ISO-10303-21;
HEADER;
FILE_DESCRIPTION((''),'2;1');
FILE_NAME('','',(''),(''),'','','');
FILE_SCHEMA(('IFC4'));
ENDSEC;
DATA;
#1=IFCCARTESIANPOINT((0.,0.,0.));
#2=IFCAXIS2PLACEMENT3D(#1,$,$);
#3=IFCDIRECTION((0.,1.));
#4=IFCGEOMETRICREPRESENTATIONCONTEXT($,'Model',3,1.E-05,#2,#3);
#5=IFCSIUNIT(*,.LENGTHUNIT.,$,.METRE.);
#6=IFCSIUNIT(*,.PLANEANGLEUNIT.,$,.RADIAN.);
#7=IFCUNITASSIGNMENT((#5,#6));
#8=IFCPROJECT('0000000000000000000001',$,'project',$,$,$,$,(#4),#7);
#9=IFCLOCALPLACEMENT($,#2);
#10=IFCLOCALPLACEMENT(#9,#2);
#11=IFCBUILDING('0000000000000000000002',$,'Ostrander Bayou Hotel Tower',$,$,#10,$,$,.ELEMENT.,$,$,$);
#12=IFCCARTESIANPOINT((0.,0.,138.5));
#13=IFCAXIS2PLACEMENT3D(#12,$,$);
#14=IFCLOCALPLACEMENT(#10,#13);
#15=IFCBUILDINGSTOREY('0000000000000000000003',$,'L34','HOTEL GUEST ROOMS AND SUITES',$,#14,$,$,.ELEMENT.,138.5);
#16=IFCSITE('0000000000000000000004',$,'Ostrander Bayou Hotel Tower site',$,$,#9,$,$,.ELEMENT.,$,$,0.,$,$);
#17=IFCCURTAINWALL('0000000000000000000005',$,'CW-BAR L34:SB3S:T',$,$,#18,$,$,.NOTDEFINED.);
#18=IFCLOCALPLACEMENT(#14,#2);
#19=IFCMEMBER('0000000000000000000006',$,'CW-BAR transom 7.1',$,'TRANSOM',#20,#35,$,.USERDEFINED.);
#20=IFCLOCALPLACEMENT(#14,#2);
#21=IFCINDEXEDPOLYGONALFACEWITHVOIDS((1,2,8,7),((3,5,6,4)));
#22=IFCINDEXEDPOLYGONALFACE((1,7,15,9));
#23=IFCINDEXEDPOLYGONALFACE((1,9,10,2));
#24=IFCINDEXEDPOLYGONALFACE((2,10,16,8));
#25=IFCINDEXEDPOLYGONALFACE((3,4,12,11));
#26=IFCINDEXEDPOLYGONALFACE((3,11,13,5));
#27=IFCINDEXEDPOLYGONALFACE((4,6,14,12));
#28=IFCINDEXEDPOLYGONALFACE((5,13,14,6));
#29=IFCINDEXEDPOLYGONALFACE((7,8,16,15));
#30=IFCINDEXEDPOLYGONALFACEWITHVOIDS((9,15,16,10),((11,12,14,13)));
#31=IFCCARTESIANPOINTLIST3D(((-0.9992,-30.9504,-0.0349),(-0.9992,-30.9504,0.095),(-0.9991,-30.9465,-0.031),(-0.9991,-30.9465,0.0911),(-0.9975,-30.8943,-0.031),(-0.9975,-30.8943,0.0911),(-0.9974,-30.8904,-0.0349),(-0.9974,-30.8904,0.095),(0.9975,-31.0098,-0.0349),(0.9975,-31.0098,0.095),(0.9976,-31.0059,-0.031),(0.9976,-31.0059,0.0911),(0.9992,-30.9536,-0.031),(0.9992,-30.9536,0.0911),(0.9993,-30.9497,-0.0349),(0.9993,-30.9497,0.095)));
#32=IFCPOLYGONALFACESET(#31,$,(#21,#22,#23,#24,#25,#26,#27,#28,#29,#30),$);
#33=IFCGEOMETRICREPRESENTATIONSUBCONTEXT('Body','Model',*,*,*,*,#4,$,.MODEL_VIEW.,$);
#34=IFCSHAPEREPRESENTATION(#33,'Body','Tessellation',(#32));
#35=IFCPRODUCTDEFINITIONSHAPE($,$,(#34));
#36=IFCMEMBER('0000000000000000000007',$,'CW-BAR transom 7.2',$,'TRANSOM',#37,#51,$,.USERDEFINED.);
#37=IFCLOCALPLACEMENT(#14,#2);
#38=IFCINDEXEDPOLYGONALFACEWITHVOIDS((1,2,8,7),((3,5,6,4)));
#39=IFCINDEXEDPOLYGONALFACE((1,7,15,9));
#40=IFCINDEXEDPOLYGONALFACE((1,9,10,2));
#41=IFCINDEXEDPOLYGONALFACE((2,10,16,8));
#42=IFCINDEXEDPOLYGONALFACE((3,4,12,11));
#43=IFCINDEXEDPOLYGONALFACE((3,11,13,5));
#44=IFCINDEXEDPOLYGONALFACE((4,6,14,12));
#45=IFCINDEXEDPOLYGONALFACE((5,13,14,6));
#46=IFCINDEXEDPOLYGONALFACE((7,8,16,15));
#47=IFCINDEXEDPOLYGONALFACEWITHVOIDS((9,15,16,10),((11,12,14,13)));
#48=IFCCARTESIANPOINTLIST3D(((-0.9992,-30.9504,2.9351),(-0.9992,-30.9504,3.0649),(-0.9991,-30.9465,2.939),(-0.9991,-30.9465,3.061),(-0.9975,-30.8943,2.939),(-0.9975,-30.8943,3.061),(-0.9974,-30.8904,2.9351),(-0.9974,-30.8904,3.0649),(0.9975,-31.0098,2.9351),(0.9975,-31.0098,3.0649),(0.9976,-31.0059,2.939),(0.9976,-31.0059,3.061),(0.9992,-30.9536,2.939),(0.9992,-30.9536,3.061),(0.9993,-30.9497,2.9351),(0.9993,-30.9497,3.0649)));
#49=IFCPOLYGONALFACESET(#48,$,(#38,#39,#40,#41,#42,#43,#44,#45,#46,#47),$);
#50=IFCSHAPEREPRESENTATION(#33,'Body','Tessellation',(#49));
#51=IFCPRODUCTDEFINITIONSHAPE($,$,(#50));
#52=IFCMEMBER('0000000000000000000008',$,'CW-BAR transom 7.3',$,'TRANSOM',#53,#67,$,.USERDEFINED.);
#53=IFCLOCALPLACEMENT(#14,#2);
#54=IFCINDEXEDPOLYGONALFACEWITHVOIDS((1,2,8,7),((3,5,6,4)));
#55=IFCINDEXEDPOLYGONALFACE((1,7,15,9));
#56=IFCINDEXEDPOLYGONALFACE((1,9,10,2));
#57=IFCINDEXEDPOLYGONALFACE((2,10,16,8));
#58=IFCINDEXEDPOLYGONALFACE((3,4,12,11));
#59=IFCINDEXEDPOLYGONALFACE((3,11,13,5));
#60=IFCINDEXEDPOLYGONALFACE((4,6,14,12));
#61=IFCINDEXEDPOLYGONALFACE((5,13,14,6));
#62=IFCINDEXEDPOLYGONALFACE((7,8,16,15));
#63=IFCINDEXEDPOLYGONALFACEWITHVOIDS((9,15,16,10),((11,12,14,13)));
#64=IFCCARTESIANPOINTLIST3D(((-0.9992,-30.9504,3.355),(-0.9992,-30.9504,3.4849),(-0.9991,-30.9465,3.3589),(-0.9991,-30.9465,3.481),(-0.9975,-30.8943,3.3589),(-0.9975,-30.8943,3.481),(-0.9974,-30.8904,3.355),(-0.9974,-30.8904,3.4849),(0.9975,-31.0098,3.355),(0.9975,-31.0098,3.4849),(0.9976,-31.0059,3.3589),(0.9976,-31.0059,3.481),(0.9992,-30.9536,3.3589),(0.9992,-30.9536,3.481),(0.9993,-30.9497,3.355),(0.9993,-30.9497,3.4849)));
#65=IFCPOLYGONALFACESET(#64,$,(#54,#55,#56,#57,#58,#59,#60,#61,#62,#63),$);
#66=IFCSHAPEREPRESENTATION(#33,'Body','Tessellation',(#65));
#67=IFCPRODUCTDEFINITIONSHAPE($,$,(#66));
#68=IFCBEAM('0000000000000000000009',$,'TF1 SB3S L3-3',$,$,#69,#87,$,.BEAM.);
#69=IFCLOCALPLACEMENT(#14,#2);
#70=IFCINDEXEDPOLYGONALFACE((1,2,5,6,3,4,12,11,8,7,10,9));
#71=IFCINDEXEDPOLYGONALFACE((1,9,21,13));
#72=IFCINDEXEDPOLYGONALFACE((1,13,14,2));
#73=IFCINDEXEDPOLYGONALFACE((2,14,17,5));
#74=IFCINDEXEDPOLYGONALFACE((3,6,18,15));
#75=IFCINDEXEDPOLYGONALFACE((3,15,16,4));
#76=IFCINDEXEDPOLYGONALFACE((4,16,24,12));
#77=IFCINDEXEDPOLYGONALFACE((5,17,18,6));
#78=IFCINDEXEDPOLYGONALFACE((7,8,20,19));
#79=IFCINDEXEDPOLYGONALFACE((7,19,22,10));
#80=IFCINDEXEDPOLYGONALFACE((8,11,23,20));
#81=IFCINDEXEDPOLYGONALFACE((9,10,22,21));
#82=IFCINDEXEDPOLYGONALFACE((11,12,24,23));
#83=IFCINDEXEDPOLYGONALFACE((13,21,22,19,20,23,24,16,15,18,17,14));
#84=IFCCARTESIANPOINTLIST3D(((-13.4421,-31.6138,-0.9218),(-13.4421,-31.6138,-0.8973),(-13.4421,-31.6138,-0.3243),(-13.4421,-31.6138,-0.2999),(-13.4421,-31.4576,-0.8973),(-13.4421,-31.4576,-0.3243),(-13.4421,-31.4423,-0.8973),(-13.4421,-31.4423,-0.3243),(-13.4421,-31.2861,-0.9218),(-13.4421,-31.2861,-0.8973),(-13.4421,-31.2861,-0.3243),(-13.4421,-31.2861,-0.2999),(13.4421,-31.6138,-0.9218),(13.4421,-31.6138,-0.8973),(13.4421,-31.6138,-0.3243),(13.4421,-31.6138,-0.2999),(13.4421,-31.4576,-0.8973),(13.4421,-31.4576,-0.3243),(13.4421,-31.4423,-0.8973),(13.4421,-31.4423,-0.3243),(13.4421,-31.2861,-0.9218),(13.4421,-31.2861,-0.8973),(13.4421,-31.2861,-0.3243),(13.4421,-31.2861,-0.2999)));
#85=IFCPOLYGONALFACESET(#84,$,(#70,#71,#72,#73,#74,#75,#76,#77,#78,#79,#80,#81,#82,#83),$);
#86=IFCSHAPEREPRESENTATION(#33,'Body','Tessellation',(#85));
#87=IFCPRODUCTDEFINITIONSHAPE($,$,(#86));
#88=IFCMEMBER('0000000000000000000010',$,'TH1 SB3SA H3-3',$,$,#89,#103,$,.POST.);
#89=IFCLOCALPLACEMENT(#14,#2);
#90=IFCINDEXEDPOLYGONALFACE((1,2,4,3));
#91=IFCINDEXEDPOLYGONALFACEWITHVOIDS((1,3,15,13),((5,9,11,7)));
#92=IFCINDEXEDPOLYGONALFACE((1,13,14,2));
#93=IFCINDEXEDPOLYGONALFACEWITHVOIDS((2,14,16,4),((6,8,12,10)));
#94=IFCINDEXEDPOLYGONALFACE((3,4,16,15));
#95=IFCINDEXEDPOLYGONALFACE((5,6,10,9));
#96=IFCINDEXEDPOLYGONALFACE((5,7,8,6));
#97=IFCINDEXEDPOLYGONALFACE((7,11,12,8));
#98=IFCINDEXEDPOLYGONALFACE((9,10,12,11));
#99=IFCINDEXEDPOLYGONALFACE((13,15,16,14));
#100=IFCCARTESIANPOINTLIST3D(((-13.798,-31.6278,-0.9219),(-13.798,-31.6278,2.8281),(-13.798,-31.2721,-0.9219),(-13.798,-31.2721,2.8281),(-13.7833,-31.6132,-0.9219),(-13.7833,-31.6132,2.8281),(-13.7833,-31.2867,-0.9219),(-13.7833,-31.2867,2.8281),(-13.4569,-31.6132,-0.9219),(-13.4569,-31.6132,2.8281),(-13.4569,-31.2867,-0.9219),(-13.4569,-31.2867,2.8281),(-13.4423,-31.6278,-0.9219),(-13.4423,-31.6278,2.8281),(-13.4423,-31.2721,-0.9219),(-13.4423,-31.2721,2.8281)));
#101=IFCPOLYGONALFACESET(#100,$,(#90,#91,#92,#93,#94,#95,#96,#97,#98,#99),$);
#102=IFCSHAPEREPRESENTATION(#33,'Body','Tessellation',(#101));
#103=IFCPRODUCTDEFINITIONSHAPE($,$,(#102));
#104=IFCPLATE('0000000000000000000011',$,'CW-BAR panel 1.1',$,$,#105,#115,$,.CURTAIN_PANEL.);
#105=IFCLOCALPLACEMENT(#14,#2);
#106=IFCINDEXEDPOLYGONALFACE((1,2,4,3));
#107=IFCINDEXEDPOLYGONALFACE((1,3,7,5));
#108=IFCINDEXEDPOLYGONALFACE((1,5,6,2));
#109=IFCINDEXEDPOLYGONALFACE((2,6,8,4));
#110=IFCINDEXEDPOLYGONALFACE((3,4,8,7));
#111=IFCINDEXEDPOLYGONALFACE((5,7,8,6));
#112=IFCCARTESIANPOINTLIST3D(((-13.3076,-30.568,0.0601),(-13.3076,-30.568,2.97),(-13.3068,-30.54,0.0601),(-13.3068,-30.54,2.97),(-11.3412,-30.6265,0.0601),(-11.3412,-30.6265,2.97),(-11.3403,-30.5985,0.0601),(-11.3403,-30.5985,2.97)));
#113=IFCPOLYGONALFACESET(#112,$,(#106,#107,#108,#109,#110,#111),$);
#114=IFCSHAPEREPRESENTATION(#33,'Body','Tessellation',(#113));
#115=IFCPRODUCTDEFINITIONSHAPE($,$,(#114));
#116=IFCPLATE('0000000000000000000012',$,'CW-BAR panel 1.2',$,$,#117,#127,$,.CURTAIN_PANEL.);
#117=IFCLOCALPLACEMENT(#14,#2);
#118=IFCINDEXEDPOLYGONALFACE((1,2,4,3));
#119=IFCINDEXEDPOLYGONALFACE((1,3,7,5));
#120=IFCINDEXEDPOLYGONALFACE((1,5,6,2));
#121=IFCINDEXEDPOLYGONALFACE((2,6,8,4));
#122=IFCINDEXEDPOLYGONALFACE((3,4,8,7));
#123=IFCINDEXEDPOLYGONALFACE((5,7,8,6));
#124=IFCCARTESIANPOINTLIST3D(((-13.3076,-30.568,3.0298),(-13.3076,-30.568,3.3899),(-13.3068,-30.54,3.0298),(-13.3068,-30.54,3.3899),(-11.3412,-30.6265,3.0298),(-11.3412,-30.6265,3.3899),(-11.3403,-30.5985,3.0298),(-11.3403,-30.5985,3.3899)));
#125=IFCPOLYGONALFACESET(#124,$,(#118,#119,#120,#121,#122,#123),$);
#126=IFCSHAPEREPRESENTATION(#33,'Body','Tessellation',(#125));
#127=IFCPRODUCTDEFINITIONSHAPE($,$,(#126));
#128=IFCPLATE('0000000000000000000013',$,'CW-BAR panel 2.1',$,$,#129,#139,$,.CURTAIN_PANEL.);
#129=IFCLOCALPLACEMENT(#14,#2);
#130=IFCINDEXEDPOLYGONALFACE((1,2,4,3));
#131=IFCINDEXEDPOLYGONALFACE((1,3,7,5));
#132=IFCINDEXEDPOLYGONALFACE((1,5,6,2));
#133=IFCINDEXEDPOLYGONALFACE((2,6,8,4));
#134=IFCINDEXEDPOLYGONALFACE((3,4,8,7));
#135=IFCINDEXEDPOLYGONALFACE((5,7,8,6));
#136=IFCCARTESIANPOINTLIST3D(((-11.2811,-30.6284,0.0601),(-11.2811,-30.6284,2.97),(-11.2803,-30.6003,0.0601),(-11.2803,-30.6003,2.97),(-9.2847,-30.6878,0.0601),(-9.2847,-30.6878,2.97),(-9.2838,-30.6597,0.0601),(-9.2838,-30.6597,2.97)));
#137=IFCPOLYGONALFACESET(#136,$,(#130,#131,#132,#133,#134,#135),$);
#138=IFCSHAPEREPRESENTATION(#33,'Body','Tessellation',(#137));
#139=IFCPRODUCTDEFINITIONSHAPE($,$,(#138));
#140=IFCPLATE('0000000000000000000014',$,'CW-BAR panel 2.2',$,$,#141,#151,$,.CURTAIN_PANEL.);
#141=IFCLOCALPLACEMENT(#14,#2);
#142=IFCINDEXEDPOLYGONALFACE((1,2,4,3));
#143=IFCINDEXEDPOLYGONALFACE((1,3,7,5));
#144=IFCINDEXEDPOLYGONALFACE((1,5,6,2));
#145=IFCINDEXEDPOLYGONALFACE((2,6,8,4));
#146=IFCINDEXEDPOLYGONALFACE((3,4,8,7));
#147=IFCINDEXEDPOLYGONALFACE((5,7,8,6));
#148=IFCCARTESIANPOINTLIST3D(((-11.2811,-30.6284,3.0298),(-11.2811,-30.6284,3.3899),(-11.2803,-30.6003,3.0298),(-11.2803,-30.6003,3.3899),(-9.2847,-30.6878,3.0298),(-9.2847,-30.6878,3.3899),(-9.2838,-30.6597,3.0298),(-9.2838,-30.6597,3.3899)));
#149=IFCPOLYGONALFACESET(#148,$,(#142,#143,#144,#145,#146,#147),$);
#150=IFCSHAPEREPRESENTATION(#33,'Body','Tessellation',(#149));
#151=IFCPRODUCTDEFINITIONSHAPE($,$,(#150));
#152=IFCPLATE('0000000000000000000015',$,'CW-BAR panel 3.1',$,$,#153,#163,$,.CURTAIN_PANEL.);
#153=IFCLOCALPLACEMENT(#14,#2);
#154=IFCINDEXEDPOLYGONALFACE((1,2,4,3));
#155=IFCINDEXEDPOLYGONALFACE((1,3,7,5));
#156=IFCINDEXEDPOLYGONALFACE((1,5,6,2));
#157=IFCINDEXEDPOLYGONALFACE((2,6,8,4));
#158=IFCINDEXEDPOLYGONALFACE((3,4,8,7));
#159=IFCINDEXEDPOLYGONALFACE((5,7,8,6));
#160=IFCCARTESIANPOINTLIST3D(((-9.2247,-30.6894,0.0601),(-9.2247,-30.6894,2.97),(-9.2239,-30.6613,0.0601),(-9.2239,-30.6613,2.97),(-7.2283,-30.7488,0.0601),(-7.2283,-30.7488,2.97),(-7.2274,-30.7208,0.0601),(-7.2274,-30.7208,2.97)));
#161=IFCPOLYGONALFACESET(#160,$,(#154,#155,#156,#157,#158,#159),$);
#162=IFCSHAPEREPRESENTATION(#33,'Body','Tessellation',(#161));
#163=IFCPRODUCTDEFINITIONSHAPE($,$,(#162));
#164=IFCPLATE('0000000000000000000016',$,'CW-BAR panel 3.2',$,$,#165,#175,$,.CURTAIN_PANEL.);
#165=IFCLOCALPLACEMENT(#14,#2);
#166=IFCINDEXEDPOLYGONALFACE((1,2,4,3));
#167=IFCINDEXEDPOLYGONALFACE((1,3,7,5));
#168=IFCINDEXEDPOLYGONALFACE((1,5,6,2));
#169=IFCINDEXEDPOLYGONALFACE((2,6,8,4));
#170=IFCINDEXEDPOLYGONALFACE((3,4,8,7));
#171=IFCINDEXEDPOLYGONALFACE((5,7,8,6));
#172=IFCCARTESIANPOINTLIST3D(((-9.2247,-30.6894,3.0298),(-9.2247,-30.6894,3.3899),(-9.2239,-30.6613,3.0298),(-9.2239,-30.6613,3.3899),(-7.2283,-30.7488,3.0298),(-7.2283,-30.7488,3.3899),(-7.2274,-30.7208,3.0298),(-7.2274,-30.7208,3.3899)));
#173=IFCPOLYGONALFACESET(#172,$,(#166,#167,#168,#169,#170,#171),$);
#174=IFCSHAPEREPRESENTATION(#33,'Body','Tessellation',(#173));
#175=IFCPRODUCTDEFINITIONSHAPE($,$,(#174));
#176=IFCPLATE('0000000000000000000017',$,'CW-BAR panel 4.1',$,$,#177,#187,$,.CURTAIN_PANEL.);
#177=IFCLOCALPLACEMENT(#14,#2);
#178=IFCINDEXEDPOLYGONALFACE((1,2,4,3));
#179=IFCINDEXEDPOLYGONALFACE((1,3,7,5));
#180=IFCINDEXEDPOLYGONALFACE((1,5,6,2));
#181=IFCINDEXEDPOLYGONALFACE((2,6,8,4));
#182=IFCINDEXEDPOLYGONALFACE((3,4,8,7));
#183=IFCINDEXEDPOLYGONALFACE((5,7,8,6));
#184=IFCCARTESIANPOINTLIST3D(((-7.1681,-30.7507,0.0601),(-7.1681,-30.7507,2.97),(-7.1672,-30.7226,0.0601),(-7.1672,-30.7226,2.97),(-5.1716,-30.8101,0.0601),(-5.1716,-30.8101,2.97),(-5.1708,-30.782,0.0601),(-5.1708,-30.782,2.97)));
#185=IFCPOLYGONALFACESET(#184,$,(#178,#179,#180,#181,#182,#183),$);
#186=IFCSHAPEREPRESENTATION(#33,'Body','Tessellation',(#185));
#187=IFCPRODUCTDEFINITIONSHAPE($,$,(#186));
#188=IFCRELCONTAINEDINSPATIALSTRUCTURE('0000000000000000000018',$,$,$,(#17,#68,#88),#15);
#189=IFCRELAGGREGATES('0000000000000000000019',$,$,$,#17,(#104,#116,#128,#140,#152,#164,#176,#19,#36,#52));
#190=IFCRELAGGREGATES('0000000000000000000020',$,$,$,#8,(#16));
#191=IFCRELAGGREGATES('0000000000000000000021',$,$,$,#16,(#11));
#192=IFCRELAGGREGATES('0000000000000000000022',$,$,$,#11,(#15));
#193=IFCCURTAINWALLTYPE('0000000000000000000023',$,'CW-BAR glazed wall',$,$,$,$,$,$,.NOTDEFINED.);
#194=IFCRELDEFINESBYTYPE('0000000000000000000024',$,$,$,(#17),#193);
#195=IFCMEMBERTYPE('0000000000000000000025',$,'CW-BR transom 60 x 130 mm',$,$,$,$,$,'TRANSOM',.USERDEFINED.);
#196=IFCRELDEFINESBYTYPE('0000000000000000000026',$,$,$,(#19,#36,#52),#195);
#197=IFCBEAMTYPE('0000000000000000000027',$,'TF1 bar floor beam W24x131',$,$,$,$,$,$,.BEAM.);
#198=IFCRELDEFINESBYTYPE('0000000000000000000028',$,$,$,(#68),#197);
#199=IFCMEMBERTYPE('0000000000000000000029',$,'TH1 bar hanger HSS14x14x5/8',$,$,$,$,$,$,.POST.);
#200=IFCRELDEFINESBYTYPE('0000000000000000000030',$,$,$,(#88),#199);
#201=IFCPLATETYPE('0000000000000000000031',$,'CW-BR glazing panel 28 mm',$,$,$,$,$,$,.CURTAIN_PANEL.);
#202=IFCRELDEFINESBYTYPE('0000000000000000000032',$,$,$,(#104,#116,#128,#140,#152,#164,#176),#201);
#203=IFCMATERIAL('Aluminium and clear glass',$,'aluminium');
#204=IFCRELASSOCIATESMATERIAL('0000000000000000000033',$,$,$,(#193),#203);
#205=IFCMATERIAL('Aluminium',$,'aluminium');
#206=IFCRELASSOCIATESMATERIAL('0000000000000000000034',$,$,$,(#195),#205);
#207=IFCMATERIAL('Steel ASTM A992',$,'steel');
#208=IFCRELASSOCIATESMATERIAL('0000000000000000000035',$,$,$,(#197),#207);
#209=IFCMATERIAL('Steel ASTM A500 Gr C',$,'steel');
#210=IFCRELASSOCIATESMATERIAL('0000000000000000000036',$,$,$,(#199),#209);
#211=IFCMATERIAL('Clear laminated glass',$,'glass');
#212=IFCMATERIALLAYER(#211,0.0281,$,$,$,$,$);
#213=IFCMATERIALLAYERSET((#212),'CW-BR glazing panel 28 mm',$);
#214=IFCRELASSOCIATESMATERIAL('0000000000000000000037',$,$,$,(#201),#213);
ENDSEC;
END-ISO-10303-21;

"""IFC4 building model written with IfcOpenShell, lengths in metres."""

from ifc_helpers import new_model, si_unit, direction, frame, origin, origin_2d, place, context, subcontext, project, spatial, rectangle, hollow_rectangle, i_section, extrude, material, layer, layer_set, material_profile, profile_set, type_object, element, aggregate, save


model = new_model("IFC4")

# Units and contexts
model_context = context("Model", 3, precision=1e-05, world=origin(), true_north=direction((0.0, 1.0)))
body_context = subcontext(model_context, "Body", "Model", "MODEL_VIEW")
ifc_project = project(units=[si_unit("LENGTHUNIT", "METRE"), si_unit("PLANEANGLEUNIT", "RADIAN")], contexts=[model_context])

# Site, building, storey
site_placement = place(None, origin())
site = spatial("IfcSite", under=ifc_project, at=site_placement, Name="Ostrander Bayou Hotel Tower site", CompositionType="ELEMENT", RefElevation=0.0)
building_placement = place(site_placement, origin())
building = spatial("IfcBuilding", under=site, at=building_placement, Name="Ostrander Bayou Hotel Tower", CompositionType="ELEMENT")
storey_placement = place(building_placement, frame((0.0, 0.0, 138.5)))
storey = spatial("IfcBuildingStorey", under=building, at=storey_placement, Name="L34", Description="HOTEL GUEST ROOMS AND SUITES", CompositionType="ELEMENT", Elevation=138.5)

# Curtain wall, members
ifc_material_1 = material(Name="Aluminium and clear glass", Category="aluminium")
curtain_wall_type = type_object("IfcCurtainWallType", Name="CW-BAR glazed wall", PredefinedType="NOTDEFINED", material=ifc_material_1)
curtain_wall_placement = place(storey_placement, origin())
curtain_wall = element("IfcCurtainWall", 1, at=curtain_wall_placement, inside=storey, type_object=curtain_wall_type, Name="CW-BAR L34:SB3S:T", PredefinedType="NOTDEFINED")
ifc_material_2 = material(Name="Aluminium", Category="aluminium")
ifc_material_profile_1 = material_profile(ifc_material_2, hollow_rectangle(XDim=0.0601, YDim=0.1299, WallThickness=0.0039, at=origin_2d()))
ifc_profile_set_1 = profile_set([ifc_material_profile_1], Name="Aluminium")
member_type_1 = type_object("IfcMemberType", Name="CW-BR transom 60 x 130 mm", ElementType="TRANSOM", PredefinedType="USERDEFINED", material=ifc_profile_set_1)
member_1_placement = place(storey_placement, frame((-0.9983, -30.9204, 0.03), z_axis=(0.999559, -0.029701, 0.0), x_axis=(0.029701, 0.999559, 0.0)))
member_1 = element("IfcMember", 2, at=member_1_placement, type_object=member_type_1, Name="CW-BAR transom 7.1", ObjectType="TRANSOM", PredefinedType="USERDEFINED", context=body_context, shape_type="SweptSolid", body=[
    extrude(hollow_rectangle(XDim=0.0601, YDim=0.1299, WallThickness=0.0039, at=origin_2d()), origin(), (0.0, 0.0, 1.0), 1.9976),
])
member_2_placement = place(storey_placement, frame((-0.9983, -30.9204, 3.0), z_axis=(0.999559, -0.029701, 0.0), x_axis=(0.029701, 0.999559, 0.0)))
member_2 = element("IfcMember", 3, at=member_2_placement, type_object=member_type_1, Name="CW-BAR transom 7.2", ObjectType="TRANSOM", PredefinedType="USERDEFINED", context=body_context, shape_type="SweptSolid", body=[
    extrude(hollow_rectangle(XDim=0.0601, YDim=0.1299, WallThickness=0.0039, at=origin_2d()), origin(), (0.0, 0.0, 1.0), 1.9976),
])
member_3_placement = place(storey_placement, frame((-0.9983, -30.9204, 3.4199), z_axis=(0.999559, -0.029701, 0.0), x_axis=(0.029701, 0.999559, 0.0)))
member_3 = element("IfcMember", 4, at=member_3_placement, type_object=member_type_1, Name="CW-BAR transom 7.3", ObjectType="TRANSOM", PredefinedType="USERDEFINED", context=body_context, shape_type="SweptSolid", body=[
    extrude(hollow_rectangle(XDim=0.0601, YDim=0.1299, WallThickness=0.0039, at=origin_2d()), origin(), (0.0, 0.0, 1.0), 1.9976),
])

# Beam
ifc_material_3 = material(Name="Steel ASTM A992", Category="steel")
ifc_material_profile_2 = material_profile(ifc_material_3, i_section(OverallWidth=0.3276, OverallDepth=0.6218, WebThickness=0.0154, FlangeThickness=0.0244, at=origin_2d()))
ifc_profile_set_2 = profile_set([ifc_material_profile_2], Name="Steel ASTM A992")
beam_type = type_object("IfcBeamType", Name="TF1 bar floor beam W24x131", PredefinedType="BEAM", material=ifc_profile_set_2)
beam_placement = place(storey_placement, frame((-13.4421, -31.45, -0.6108), z_axis=(1.0, 0.0, 0.0), x_axis=(0.0, 1.0, 0.0)))
element("IfcBeam", 5, at=beam_placement, inside=storey, type_object=beam_type, Name="TF1 SB3S L3-3", PredefinedType="BEAM", context=body_context, shape_type="SweptSolid", body=[
    extrude(i_section(OverallWidth=0.3276, OverallDepth=0.6218, WebThickness=0.0154, FlangeThickness=0.0244, at=origin_2d()), origin(), (0.0, 0.0, 1.0), 26.8843),
])

# Member
ifc_material_4 = material(Name="Steel ASTM A500 Gr C", Category="steel")
ifc_material_profile_3 = material_profile(ifc_material_4, hollow_rectangle(XDim=0.3557, YDim=0.3557, WallThickness=0.0146, at=origin_2d()))
ifc_profile_set_3 = profile_set([ifc_material_profile_3], Name="Steel ASTM A500 Gr C")
member_type_2 = type_object("IfcMemberType", Name="TH1 bar hanger HSS14x14x5/8", PredefinedType="POST", material=ifc_profile_set_3)
member_4_placement = place(storey_placement, frame((-13.6201, -31.45, -0.9219), z_axis=(0.0, 0.0, 1.0), x_axis=(1.0, 0.0, 0.0)))
element("IfcMember", 6, at=member_4_placement, inside=storey, type_object=member_type_2, Name="TH1 SB3SA H3-3", PredefinedType="POST", context=body_context, shape_type="SweptSolid", body=[
    extrude(hollow_rectangle(XDim=0.3557, YDim=0.3557, WallThickness=0.0146, at=origin_2d()), origin(), (0.0, 0.0, 1.0), 3.75),
])

# Plates
ifc_material_5 = material(Name="Clear laminated glass", Category="glass")
ifc_layer_1 = layer(ifc_material_5, 0.0281)
ifc_layer_set_1 = layer_set([ifc_layer_1], Name="CW-BR glazing panel 28 mm")
plate_type = type_object("IfcPlateType", Name="CW-BR glazing panel 28 mm", PredefinedType="CURTAIN_PANEL", material=ifc_layer_set_1)
plate_1_placement = place(storey_placement, frame((-12.324, -30.5833, 0.0601), z_axis=(0.0, 0.0, 1.0), x_axis=(0.999557, -0.029746, 0.0)))
plate_1 = element("IfcPlate", 7, at=plate_1_placement, type_object=plate_type, Name="CW-BAR panel 1.1", PredefinedType="CURTAIN_PANEL", context=body_context, shape_type="SweptSolid", body=[
    extrude(rectangle(XDim=1.9673, YDim=0.0281, at=origin_2d()), origin(), (0.0, 0.0, 1.0), 2.9099),
])
plate_2_placement = place(storey_placement, frame((-12.324, -30.5833, 3.0298), z_axis=(0.0, 0.0, 1.0), x_axis=(0.999557, -0.029746, 0.0)))
plate_2 = element("IfcPlate", 8, at=plate_2_placement, type_object=plate_type, Name="CW-BAR panel 1.2", PredefinedType="CURTAIN_PANEL", context=body_context, shape_type="SweptSolid", body=[
    extrude(rectangle(XDim=1.9673, YDim=0.0281, at=origin_2d()), origin(), (0.0, 0.0, 1.0), 0.3601),
])
plate_3_placement = place(storey_placement, frame((-10.2825, -30.644, 0.0601), z_axis=(0.0, 0.0, 1.0), x_axis=(0.999557, -0.029746, 0.0)))
plate_3 = element("IfcPlate", 9, at=plate_3_placement, type_object=plate_type, Name="CW-BAR panel 2.1", PredefinedType="CURTAIN_PANEL", context=body_context, shape_type="SweptSolid", body=[
    extrude(rectangle(XDim=1.9973, YDim=0.0281, at=origin_2d()), origin(), (0.0, 0.0, 1.0), 2.9099),
])
plate_4_placement = place(storey_placement, frame((-10.2825, -30.644, 3.0298), z_axis=(0.0, 0.0, 1.0), x_axis=(0.999557, -0.029746, 0.0)))
plate_4 = element("IfcPlate", 10, at=plate_4_placement, type_object=plate_type, Name="CW-BAR panel 2.2", PredefinedType="CURTAIN_PANEL", context=body_context, shape_type="SweptSolid", body=[
    extrude(rectangle(XDim=1.9973, YDim=0.0281, at=origin_2d()), origin(), (0.0, 0.0, 1.0), 0.3601),
])
plate_5_placement = place(storey_placement, frame((-8.2261, -30.7051, 0.0601), z_axis=(0.0, 0.0, 1.0), x_axis=(0.999557, -0.029746, 0.0)))
plate_5 = element("IfcPlate", 11, at=plate_5_placement, type_object=plate_type, Name="CW-BAR panel 3.1", PredefinedType="CURTAIN_PANEL", context=body_context, shape_type="SweptSolid", body=[
    extrude(rectangle(XDim=1.9973, YDim=0.0281, at=origin_2d()), origin(), (0.0, 0.0, 1.0), 2.9099),
])
plate_6_placement = place(storey_placement, frame((-8.2261, -30.7051, 3.0298), z_axis=(0.0, 0.0, 1.0), x_axis=(0.999557, -0.029746, 0.0)))
plate_6 = element("IfcPlate", 12, at=plate_6_placement, type_object=plate_type, Name="CW-BAR panel 3.2", PredefinedType="CURTAIN_PANEL", context=body_context, shape_type="SweptSolid", body=[
    extrude(rectangle(XDim=1.9973, YDim=0.0281, at=origin_2d()), origin(), (0.0, 0.0, 1.0), 0.3601),
])
plate_7_placement = place(storey_placement, frame((-6.1694, -30.7664, 0.0601), z_axis=(0.0, 0.0, 1.0), x_axis=(0.999557, -0.029746, 0.0)))
plate_7 = element("IfcPlate", 13, at=plate_7_placement, type_object=plate_type, Name="CW-BAR panel 4.1", PredefinedType="CURTAIN_PANEL", context=body_context, shape_type="SweptSolid", body=[
    extrude(rectangle(XDim=1.9973, YDim=0.0281, at=origin_2d()), origin(), (0.0, 0.0, 1.0), 2.9099),
])
aggregate(curtain_wall, [plate_1, plate_2, plate_3, plate_4, plate_5, plate_6, plate_7, member_1, member_2, member_3])

save(model, "model.ifc")
